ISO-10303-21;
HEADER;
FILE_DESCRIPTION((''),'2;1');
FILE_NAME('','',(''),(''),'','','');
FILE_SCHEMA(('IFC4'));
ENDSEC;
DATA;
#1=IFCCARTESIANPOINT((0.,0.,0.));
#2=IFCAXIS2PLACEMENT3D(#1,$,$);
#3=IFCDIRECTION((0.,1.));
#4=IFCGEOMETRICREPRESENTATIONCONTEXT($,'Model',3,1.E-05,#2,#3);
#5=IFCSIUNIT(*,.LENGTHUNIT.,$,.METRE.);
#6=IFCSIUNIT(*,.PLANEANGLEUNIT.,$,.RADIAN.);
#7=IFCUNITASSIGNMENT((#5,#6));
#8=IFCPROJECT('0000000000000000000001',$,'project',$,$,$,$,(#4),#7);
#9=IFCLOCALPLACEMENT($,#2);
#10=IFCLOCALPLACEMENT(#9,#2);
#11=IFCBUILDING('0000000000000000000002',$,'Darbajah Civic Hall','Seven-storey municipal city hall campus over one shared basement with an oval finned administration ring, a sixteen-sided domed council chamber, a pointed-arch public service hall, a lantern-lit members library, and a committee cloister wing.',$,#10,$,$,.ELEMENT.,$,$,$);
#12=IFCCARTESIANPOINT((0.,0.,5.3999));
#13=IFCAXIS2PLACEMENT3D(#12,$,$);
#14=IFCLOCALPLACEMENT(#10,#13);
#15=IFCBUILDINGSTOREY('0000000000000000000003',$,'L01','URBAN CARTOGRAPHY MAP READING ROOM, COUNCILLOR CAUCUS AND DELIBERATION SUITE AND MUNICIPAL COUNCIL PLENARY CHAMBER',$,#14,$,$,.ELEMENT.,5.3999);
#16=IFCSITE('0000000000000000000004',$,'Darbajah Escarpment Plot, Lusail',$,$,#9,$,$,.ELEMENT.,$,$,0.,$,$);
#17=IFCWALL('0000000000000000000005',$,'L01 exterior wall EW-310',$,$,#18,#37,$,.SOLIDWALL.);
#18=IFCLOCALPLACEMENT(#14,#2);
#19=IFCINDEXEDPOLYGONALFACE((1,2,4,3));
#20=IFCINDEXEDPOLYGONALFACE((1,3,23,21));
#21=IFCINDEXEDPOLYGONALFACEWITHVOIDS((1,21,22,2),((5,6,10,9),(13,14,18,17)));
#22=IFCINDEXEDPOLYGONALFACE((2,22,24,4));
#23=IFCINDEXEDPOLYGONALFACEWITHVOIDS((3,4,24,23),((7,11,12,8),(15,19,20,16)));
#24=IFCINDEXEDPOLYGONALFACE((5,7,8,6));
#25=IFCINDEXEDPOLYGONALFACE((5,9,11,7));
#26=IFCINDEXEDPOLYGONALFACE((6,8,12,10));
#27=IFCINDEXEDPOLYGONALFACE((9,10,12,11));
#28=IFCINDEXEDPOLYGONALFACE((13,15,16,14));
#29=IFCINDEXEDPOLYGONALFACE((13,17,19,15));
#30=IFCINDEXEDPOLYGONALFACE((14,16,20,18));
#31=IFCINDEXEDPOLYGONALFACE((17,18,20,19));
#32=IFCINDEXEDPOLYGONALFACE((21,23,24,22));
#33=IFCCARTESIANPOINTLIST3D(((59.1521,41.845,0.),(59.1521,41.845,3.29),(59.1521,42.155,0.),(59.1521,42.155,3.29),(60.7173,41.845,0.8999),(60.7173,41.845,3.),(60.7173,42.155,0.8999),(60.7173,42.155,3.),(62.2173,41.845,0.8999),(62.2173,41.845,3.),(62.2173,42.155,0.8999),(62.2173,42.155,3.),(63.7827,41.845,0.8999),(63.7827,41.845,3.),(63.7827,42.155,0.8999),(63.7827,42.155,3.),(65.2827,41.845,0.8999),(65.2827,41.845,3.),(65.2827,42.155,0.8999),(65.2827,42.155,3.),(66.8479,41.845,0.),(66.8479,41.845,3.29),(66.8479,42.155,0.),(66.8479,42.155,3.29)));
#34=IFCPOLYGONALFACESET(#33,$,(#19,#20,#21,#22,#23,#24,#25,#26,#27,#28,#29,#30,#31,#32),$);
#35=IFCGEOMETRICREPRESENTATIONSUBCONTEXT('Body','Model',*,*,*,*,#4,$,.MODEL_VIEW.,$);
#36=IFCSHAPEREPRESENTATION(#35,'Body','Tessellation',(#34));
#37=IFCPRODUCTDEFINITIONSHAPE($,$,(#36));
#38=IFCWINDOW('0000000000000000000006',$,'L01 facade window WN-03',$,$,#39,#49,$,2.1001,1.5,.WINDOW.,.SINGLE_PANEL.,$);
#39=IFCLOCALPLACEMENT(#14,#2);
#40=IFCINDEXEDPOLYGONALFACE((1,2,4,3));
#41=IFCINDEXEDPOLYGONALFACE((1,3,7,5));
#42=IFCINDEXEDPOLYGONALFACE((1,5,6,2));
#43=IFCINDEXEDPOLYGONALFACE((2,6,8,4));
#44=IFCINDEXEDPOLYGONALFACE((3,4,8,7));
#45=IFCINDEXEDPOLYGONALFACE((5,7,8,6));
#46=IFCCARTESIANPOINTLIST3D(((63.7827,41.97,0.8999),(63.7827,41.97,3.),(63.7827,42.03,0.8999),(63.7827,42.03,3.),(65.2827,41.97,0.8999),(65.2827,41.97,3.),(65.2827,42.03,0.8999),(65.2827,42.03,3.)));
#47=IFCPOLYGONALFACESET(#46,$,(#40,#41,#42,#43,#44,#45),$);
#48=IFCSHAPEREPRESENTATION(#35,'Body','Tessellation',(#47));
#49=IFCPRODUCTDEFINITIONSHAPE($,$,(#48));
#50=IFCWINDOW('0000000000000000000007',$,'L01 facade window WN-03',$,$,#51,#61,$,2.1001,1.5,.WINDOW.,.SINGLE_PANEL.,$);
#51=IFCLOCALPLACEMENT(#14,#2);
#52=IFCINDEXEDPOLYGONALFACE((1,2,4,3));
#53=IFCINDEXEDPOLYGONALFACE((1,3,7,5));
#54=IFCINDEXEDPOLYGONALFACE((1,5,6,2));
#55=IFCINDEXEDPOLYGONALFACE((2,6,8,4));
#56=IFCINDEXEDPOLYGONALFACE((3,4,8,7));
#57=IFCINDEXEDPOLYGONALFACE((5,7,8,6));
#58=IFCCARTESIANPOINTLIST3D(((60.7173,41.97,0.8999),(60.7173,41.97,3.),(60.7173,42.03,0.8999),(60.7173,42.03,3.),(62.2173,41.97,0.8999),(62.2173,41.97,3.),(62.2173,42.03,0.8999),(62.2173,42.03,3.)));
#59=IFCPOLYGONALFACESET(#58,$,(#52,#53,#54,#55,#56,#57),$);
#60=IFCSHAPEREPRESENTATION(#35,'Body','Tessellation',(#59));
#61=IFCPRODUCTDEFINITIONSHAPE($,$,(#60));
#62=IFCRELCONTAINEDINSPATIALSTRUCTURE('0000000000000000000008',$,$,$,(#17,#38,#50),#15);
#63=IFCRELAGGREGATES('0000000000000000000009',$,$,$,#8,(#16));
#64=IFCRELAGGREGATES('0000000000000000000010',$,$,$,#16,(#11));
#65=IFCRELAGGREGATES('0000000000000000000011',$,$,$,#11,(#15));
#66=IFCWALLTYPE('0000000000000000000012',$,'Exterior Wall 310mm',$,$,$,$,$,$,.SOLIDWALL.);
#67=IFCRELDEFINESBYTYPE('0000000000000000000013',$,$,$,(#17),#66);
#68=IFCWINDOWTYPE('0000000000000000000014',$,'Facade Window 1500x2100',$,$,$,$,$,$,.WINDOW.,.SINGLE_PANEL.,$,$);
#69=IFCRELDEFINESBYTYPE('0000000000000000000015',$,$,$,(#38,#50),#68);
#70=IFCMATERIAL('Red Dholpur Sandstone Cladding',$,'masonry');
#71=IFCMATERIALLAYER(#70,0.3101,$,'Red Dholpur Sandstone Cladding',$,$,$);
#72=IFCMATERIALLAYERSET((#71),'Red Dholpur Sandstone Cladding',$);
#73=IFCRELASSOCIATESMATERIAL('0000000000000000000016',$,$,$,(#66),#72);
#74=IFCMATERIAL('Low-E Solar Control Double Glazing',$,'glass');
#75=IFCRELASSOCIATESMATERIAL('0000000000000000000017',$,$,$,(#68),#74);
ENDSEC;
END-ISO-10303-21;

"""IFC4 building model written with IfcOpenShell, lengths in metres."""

from ifc_helpers import new_model, si_unit, direction, frame, frame_2d, origin, place, context, subcontext, project, spatial, rectangle, extrude, material, layer, layer_set, type_object, element, fill, save


model = new_model("IFC4")

# Units and contexts
model_context = context("Model", 3, precision=1e-05, world=origin(), true_north=direction((0.0, 1.0)))
body_context = subcontext(model_context, "Body", "Model", "MODEL_VIEW")
ifc_project = project(units=[si_unit("LENGTHUNIT", "METRE"), si_unit("PLANEANGLEUNIT", "RADIAN")], contexts=[model_context])

# Site, building, storey
site_placement = place(None, origin())
site = spatial("IfcSite", under=ifc_project, at=site_placement, Name="Darbajah Escarpment Plot, Lusail", CompositionType="ELEMENT", RefElevation=0.0)
building_placement = place(site_placement, origin())
building = spatial("IfcBuilding", under=site, at=building_placement, Name="Darbajah Civic Hall", Description="Seven-storey municipal city hall campus over one shared basement with an oval finned administration ring, a sixteen-sided domed council chamber, a pointed-arch public service hall, a lantern-lit members library, and a committee cloister wing.", CompositionType="ELEMENT")
storey_placement = place(building_placement, frame((0.0, 0.0, 5.3999)))
storey = spatial("IfcBuildingStorey", under=building, at=storey_placement, Name="L01", Description="URBAN CARTOGRAPHY MAP READING ROOM, COUNCILLOR CAUCUS AND DELIBERATION SUITE AND MUNICIPAL COUNCIL PLENARY CHAMBER", CompositionType="ELEMENT", Elevation=5.3999)

# Shared definitions
ifc_material_1 = material(Name="Low-E Solar Control Double Glazing", Category="glass")

# Wall, openings, windows
ifc_material_2 = material(Name="Red Dholpur Sandstone Cladding", Category="masonry")
ifc_layer_1 = layer(ifc_material_2, 0.3101, Name="Red Dholpur Sandstone Cladding")
ifc_layer_set_1 = layer_set([ifc_layer_1], Name="Red Dholpur Sandstone Cladding")
wall_type = type_object("IfcWallType", Name="Exterior Wall 310mm", PredefinedType="SOLIDWALL", material=ifc_layer_set_1)
wall_placement = place(storey_placement, frame((66.8479, 42.0, 0.0), z_axis=(0.0, 0.0, 1.0), x_axis=(-1.0, 0.0, 0.0)))
wall = element("IfcWall", 1, at=wall_placement, inside=storey, type_object=wall_type, Name="L01 exterior wall EW-310", PredefinedType="SOLIDWALL", context=body_context, shape_type="SweptSolid", body=[
    extrude(rectangle(XDim=7.6958, YDim=0.3101, at=frame_2d((3.8479, 0.0))), origin(), (0.0, 0.0, 1.0), 3.29),
])
opening_1_placement = place(wall_placement, frame((1.5652, 0.0, 0.8999)))
opening_1 = element("IfcOpeningElement", 2, at=opening_1_placement, cuts=wall, PredefinedType="OPENING", context=body_context, shape_type="SweptSolid", body=[
    extrude(rectangle(XDim=1.5, YDim=2.1001, at=frame_2d((0.75, 1.05))), frame((0.0, 0.165, 0.0), z_axis=(0.0, -1.0, 0.0), x_axis=(1.0, 0.0, 0.0)), (0.0, 0.0, 1.0), 0.3301),
])
opening_2_placement = place(wall_placement, frame((4.6306, 0.0, 0.8999)))
opening_2 = element("IfcOpeningElement", 3, at=opening_2_placement, cuts=wall, PredefinedType="OPENING", context=body_context, shape_type="SweptSolid", body=[
    extrude(rectangle(XDim=1.5, YDim=2.1001, at=frame_2d((0.75, 1.05))), frame((0.0, 0.165, 0.0), z_axis=(0.0, -1.0, 0.0), x_axis=(1.0, 0.0, 0.0)), (0.0, 0.0, 1.0), 0.3301),
])
window_type = type_object("IfcWindowType", Name="Facade Window 1500x2100", PartitioningType="SINGLE_PANEL", PredefinedType="WINDOW", material=ifc_material_1)
window_1_placement = place(opening_1_placement, origin())
window_1 = element("IfcWindow", 4, at=window_1_placement, inside=storey, type_object=window_type, Name="L01 facade window WN-03", OverallHeight=2.1001, OverallWidth=1.5, PartitioningType="SINGLE_PANEL", PredefinedType="WINDOW", context=body_context, shape_type="SweptSolid", body=[
    extrude(rectangle(XDim=1.5, YDim=2.1001, at=frame_2d((0.75, 1.05))), frame((0.0, 0.03, 0.0), z_axis=(0.0, -1.0, 0.0), x_axis=(1.0, 0.0, 0.0)), (0.0, 0.0, 1.0), 0.0601),
])
fill(opening_1, window_1)
window_2_placement = place(opening_2_placement, origin())
window_2 = element("IfcWindow", 5, at=window_2_placement, inside=storey, type_object=window_type, Name="L01 facade window WN-03", OverallHeight=2.1001, OverallWidth=1.5, PartitioningType="SINGLE_PANEL", PredefinedType="WINDOW", context=body_context, shape_type="SweptSolid", body=[
    extrude(rectangle(XDim=1.5, YDim=2.1001, at=frame_2d((0.75, 1.05))), frame((0.0, 0.03, 0.0), z_axis=(0.0, -1.0, 0.0), x_axis=(1.0, 0.0, 0.0)), (0.0, 0.0, 1.0), 0.0601),
])
fill(opening_2, window_2)

save(model, "model.ifc")
